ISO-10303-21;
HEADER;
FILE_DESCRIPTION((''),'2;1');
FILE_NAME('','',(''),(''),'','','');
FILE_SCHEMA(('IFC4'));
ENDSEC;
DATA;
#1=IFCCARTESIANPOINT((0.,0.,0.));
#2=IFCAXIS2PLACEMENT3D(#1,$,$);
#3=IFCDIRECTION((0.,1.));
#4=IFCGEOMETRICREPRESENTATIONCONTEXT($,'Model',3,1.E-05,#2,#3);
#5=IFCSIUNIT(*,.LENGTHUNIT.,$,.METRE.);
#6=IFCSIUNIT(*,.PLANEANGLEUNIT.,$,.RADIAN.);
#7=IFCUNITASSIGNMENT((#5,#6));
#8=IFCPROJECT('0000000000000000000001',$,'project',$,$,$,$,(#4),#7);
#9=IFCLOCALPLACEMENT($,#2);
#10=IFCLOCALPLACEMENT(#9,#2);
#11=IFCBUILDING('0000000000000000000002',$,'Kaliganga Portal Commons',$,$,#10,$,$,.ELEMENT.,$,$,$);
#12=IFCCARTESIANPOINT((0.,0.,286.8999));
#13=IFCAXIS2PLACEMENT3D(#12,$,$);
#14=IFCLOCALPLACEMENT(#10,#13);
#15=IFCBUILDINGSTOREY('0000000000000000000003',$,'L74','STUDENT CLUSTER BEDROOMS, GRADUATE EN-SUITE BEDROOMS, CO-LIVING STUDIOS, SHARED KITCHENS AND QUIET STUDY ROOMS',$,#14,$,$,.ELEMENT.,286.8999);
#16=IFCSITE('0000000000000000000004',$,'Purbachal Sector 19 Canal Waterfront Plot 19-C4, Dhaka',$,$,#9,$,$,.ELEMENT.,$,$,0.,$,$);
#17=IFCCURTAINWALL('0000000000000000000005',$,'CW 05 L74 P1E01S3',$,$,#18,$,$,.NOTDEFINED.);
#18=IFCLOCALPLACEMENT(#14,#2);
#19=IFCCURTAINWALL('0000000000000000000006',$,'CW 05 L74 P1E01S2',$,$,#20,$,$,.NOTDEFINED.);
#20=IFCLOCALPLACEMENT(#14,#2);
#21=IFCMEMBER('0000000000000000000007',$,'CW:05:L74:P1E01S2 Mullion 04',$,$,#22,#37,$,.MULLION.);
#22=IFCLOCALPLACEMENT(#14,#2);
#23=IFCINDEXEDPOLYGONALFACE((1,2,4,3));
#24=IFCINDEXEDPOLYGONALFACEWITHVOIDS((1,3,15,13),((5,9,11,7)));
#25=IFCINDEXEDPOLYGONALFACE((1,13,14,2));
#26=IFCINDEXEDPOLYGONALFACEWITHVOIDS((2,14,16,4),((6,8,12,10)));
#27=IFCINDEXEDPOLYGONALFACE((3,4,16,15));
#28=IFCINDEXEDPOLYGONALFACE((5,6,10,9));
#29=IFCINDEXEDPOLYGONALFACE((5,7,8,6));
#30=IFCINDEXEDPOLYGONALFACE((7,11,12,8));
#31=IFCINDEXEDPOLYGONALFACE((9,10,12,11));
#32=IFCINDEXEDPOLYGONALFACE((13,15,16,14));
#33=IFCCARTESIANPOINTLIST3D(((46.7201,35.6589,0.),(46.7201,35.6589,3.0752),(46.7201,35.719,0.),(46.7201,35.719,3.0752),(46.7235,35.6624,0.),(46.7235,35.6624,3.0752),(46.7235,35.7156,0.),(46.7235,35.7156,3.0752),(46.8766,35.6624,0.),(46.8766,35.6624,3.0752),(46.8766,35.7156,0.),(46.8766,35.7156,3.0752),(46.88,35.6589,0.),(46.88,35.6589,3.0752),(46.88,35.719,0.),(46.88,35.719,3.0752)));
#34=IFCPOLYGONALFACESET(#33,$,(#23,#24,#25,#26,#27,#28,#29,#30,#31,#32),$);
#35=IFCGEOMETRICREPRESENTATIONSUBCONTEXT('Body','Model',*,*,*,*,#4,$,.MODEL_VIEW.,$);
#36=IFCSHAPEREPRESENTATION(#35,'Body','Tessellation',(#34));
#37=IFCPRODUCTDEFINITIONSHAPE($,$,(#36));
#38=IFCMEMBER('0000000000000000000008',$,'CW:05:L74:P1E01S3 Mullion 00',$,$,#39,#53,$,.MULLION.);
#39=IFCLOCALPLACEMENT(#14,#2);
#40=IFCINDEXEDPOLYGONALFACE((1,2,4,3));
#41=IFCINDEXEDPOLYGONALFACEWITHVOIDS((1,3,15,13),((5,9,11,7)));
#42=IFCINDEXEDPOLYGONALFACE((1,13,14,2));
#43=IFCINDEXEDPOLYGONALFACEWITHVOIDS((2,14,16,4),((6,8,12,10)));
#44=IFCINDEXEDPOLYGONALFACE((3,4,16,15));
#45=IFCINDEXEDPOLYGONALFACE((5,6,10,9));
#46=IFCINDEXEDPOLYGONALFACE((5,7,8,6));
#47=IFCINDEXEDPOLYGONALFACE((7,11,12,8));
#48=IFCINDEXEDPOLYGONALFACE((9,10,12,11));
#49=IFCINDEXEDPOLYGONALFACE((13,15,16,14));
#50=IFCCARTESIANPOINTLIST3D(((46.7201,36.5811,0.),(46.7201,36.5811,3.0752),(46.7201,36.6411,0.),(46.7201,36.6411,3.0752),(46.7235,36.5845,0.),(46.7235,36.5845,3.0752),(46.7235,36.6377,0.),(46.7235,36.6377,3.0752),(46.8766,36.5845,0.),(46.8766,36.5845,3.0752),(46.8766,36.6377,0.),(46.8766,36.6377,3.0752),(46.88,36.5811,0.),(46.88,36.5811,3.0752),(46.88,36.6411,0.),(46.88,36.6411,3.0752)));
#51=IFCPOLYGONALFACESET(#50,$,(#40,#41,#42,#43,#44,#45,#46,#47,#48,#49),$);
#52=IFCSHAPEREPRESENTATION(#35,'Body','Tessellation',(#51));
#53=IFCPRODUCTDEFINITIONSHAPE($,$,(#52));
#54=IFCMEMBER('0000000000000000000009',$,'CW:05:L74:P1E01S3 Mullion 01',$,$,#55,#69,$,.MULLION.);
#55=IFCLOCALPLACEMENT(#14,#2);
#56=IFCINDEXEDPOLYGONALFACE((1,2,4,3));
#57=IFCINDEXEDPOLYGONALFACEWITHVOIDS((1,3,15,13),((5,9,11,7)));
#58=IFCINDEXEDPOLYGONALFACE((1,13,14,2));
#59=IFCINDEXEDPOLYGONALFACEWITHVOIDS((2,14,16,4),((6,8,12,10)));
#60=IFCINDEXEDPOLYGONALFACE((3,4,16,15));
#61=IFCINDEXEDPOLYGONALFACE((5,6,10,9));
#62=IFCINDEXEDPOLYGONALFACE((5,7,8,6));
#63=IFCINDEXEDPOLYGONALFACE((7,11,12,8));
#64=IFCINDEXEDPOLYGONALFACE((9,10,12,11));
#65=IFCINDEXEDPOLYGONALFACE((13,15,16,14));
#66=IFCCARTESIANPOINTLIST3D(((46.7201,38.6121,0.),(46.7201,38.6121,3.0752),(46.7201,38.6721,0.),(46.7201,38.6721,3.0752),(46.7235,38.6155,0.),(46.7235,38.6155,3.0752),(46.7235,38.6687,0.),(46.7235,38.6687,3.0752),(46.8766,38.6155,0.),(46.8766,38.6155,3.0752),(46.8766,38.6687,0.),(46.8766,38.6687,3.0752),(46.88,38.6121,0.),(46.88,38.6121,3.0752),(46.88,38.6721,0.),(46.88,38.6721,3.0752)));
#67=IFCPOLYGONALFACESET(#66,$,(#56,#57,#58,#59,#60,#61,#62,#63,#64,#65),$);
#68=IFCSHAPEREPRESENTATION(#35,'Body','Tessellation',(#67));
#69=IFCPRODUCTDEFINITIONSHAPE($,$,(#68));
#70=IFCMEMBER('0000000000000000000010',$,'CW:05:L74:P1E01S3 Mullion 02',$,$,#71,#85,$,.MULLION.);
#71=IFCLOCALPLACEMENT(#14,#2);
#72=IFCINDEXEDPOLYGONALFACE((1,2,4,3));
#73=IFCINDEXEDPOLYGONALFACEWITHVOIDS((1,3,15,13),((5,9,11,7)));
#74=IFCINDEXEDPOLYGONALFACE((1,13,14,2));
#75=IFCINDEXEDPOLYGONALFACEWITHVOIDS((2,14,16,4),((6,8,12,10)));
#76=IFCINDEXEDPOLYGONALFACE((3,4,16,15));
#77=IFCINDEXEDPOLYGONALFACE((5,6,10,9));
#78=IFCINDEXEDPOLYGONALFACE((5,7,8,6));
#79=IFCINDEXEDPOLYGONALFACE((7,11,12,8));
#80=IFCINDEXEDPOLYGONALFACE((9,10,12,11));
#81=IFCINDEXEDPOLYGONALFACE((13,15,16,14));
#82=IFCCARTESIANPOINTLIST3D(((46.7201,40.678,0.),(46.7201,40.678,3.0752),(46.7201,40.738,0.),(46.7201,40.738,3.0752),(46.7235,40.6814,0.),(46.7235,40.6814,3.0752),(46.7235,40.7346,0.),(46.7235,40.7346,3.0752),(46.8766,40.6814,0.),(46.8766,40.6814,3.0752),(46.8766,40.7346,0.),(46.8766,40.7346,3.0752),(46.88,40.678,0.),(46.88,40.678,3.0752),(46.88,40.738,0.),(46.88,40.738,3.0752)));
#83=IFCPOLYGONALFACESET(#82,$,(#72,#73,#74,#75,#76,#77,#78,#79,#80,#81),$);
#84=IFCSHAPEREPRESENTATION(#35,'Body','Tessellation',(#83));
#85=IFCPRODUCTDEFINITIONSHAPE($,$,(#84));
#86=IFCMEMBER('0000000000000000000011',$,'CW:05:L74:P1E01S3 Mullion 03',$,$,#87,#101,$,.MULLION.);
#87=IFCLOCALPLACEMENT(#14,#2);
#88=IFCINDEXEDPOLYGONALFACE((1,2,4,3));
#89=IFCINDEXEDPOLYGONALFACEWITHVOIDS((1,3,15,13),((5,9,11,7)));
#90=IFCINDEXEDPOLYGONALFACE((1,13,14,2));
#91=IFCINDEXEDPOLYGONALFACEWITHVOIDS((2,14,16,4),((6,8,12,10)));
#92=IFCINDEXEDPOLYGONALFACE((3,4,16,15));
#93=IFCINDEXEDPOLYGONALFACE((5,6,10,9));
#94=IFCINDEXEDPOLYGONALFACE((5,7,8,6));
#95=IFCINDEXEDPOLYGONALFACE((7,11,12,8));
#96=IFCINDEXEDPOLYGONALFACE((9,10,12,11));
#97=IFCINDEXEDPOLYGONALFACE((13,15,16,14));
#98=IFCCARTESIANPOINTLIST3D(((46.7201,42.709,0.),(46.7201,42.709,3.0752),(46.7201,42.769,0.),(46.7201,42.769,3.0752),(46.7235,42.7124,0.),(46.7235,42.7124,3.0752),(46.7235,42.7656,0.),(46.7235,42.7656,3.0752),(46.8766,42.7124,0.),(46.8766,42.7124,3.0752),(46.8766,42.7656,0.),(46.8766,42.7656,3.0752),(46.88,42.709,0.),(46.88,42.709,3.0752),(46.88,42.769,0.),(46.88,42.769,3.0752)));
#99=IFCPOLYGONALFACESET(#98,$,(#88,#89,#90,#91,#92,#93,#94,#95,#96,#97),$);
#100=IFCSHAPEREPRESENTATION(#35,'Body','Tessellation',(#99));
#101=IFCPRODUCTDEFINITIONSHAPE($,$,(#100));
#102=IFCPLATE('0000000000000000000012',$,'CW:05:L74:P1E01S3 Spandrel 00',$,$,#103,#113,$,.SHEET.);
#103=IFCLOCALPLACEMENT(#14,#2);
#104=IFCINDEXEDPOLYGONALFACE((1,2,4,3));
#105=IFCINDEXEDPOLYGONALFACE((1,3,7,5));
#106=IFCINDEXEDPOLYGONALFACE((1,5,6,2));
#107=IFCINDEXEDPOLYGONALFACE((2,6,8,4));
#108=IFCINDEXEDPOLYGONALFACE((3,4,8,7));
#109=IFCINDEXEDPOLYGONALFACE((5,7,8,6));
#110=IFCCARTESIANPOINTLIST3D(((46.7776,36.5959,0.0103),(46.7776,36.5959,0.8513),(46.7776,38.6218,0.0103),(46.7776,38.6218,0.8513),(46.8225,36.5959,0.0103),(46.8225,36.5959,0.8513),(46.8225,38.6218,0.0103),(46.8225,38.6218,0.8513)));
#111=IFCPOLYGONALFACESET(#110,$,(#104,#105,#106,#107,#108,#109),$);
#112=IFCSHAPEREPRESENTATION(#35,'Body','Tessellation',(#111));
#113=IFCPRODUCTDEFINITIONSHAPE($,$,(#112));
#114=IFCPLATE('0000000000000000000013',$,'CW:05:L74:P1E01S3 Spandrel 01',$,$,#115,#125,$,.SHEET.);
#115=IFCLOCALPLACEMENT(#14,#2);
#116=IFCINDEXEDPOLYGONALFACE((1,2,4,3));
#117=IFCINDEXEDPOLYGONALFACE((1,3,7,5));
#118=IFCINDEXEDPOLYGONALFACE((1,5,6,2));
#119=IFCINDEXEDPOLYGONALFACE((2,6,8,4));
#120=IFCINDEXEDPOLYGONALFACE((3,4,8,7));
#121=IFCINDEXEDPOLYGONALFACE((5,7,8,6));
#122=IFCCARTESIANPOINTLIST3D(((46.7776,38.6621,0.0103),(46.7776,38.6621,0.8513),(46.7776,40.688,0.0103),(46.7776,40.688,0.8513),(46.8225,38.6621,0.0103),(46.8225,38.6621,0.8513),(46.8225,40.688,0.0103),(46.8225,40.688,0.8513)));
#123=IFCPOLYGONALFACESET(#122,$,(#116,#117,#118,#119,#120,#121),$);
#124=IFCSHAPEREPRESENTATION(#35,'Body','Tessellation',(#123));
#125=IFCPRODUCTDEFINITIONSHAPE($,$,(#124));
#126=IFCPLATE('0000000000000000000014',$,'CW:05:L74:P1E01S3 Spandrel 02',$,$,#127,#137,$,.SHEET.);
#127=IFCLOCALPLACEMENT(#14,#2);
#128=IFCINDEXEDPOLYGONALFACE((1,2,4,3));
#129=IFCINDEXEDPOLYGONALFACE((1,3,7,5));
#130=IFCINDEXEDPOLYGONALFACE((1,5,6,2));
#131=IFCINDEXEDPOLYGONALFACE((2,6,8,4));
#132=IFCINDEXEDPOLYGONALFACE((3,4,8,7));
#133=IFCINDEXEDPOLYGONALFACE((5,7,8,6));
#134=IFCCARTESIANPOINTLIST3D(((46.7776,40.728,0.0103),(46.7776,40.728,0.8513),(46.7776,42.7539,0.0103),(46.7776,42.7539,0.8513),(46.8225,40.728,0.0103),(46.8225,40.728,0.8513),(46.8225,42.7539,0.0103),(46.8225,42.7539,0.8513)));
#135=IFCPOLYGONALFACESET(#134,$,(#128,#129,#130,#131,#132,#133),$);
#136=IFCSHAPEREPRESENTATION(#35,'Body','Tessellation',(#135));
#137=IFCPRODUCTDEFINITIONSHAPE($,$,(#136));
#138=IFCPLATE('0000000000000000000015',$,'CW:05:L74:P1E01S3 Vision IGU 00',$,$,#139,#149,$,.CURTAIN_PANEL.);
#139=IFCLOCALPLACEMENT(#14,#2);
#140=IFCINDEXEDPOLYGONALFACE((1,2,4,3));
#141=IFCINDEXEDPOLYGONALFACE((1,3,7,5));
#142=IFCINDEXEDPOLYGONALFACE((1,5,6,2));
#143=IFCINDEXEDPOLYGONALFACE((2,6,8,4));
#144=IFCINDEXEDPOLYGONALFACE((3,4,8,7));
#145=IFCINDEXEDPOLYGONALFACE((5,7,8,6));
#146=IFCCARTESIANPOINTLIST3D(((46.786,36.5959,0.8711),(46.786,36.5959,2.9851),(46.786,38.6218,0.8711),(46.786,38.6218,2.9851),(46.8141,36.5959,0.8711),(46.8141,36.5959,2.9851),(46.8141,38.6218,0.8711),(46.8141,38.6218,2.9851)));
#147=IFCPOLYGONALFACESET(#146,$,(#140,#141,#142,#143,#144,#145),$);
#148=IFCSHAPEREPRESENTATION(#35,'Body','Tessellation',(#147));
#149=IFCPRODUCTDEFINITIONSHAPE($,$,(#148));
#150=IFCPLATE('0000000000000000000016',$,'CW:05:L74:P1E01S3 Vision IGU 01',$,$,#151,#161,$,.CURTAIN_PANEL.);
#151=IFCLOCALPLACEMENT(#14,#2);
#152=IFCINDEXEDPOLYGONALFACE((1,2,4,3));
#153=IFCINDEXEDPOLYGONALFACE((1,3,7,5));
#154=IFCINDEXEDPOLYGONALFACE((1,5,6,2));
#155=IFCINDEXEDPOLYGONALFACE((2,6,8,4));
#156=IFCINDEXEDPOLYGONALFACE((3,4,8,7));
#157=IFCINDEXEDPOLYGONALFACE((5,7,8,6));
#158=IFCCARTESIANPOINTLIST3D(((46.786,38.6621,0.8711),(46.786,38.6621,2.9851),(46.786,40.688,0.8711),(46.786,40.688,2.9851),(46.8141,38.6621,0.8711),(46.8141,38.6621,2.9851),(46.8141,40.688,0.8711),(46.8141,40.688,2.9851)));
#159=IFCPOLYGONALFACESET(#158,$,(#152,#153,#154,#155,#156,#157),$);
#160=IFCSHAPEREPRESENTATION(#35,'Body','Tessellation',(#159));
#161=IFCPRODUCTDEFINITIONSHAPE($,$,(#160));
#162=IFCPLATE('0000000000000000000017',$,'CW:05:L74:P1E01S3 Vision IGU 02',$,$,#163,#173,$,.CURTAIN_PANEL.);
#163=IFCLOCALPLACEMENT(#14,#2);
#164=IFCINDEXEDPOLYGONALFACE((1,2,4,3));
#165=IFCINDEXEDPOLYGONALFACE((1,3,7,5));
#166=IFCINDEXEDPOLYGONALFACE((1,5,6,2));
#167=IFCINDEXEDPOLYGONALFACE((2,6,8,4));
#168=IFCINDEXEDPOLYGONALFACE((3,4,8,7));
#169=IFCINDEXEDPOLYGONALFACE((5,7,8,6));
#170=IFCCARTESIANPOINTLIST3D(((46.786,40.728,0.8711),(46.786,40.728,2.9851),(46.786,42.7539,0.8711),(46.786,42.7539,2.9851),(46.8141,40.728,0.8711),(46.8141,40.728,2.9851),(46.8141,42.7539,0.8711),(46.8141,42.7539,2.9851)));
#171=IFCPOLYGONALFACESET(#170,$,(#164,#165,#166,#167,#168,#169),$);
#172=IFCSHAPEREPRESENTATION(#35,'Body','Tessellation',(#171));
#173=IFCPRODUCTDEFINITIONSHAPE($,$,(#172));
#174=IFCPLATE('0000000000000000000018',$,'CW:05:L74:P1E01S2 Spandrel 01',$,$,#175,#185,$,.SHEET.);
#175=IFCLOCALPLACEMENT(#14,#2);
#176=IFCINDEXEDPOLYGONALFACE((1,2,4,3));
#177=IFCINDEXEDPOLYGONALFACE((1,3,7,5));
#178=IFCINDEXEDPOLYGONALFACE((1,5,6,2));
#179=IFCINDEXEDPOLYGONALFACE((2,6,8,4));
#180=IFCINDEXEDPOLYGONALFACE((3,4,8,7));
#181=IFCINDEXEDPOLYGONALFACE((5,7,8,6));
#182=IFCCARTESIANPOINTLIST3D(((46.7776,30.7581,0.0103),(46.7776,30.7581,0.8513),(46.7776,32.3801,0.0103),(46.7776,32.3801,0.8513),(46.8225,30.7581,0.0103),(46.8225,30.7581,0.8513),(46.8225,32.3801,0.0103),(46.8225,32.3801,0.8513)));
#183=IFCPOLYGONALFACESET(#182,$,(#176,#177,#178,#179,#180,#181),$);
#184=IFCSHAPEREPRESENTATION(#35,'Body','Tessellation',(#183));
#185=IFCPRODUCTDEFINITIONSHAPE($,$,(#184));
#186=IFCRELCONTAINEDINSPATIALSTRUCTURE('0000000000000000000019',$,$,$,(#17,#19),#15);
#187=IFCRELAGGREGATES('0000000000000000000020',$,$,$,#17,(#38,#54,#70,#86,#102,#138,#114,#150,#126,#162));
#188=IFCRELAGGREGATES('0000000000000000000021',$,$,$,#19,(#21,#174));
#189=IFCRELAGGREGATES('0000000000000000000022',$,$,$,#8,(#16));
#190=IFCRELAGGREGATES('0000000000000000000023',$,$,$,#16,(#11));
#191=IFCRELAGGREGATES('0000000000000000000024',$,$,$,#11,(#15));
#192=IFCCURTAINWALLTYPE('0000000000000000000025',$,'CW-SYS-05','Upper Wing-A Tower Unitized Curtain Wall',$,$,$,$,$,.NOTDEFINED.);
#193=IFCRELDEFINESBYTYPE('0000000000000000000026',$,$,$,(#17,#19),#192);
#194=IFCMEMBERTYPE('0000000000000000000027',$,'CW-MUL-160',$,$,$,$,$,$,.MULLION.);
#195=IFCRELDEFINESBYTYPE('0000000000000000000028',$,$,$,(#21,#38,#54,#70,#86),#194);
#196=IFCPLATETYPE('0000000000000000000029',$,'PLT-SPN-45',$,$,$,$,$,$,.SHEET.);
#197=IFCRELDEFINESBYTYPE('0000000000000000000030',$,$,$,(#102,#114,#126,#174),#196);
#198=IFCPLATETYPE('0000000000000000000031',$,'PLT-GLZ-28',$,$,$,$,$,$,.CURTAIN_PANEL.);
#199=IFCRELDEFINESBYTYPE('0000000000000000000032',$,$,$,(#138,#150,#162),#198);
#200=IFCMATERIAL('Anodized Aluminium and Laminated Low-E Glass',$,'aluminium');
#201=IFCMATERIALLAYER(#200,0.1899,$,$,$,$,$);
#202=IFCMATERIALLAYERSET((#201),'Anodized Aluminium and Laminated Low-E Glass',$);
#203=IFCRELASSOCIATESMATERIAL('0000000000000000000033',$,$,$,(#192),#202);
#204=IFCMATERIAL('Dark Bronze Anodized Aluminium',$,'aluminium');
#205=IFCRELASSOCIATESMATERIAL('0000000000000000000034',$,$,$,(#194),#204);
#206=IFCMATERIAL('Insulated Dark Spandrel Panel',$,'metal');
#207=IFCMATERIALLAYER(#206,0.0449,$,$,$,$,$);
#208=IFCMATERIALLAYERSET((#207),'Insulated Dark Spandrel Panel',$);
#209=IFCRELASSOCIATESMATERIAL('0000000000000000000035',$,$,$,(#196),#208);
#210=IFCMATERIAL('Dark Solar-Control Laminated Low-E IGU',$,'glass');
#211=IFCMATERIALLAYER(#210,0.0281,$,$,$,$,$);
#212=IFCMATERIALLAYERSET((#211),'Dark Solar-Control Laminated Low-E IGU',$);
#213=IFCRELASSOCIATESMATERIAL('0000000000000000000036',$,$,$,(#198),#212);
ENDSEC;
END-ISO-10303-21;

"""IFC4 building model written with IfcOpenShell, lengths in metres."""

from ifc_helpers import new_model, si_unit, direction, frame, origin, origin_2d, place, context, subcontext, project, spatial, rectangle, hollow_rectangle, extrude, source, transform, mapped, material, layer, layer_set, material_profile, profile_set, type_object, element, aggregate, save


model = new_model("IFC4")

# Units and contexts
model_context = context("Model", 3, precision=1e-05, world=origin(), true_north=direction((0.0, 1.0)))
body_context = subcontext(model_context, "Body", "Model", "MODEL_VIEW")
ifc_project = project(units=[si_unit("LENGTHUNIT", "METRE"), si_unit("PLANEANGLEUNIT", "RADIAN")], contexts=[model_context])

# Site, building, storey
site_placement = place(None, origin())
site = spatial("IfcSite", under=ifc_project, at=site_placement, Name="Purbachal Sector 19 Canal Waterfront Plot 19-C4, Dhaka", CompositionType="ELEMENT", RefElevation=0.0)
building_placement = place(site_placement, origin())
building = spatial("IfcBuilding", under=site, at=building_placement, Name="Kaliganga Portal Commons", CompositionType="ELEMENT")
storey_placement = place(building_placement, frame((0.0, 0.0, 286.8999)))
storey = spatial("IfcBuildingStorey", under=building, at=storey_placement, Name="L74", Description="STUDENT CLUSTER BEDROOMS, GRADUATE EN-SUITE BEDROOMS, CO-LIVING STUDIOS, SHARED KITCHENS AND QUIET STUDY ROOMS", CompositionType="ELEMENT", Elevation=286.8999)

# Curtain walls, member
ifc_material_1 = material(Name="Anodized Aluminium and Laminated Low-E Glass", Category="aluminium")
ifc_layer_1 = layer(ifc_material_1, 0.1899)
ifc_layer_set_1 = layer_set([ifc_layer_1], Name="Anodized Aluminium and Laminated Low-E Glass")
curtain_wall_type = type_object("IfcCurtainWallType", Name="CW-SYS-05", Description="Upper Wing-A Tower Unitized Curtain Wall", PredefinedType="NOTDEFINED", material=ifc_layer_set_1)
curtain_wall_1_placement = place(storey_placement, origin())
curtain_wall_1 = element("IfcCurtainWall", 1, at=curtain_wall_1_placement, inside=storey, type_object=curtain_wall_type, Name="CW 05 L74 P1E01S3", PredefinedType="NOTDEFINED")
ifc_material_2 = material(Name="Dark Bronze Anodized Aluminium", Category="aluminium")
curtain_wall_2_placement = place(storey_placement, origin())
curtain_wall_2 = element("IfcCurtainWall", 2, at=curtain_wall_2_placement, inside=storey, type_object=curtain_wall_type, Name="CW 05 L74 P1E01S2", PredefinedType="NOTDEFINED")
ifc_material_profile_1 = material_profile(ifc_material_2, hollow_rectangle(XDim=0.0601, YDim=0.1599, WallThickness=0.0034, at=origin_2d()), Name="ALU MULL 60x160x3.5")
ifc_profile_set_1 = profile_set([ifc_material_profile_1], Name="Dark Bronze Anodized Aluminium")
member_type_1 = type_object("IfcMemberType", Name="CW-MUL-160", PredefinedType="MULLION", material=ifc_profile_set_1)
shared_shape_1 = source(origin(), body_context, "Body", "SweptSolid", [
    extrude(hollow_rectangle(XDim=0.0601, YDim=0.1599, WallThickness=0.0034, at=origin_2d()), origin(), (0.0, 0.0, 1.0), 3.0752),
])
member_1_placement = place(storey_placement, frame((46.8, 35.689, 0.0), z_axis=(0.0, 0.0, 1.0), x_axis=(0.0, 1.0, 0.0)))
member_1 = element("IfcMember", 3, at=member_1_placement, type_object=member_type_1, Name="CW:05:L74:P1E01S2 Mullion 04", PredefinedType="MULLION", context=body_context, shape_type="MappedRepresentation", body=[
    mapped(shared_shape_1, transform((0.0, 0.0, 0.0), x_axis=(1.0, 0.0, 0.0), y_axis=(0.0, 1.0, 0.0), z_axis=(0.0, 0.0, 1.0), scale=1.0)),
])

# Members
member_2_placement = place(storey_placement, frame((46.8, 36.6111, 0.0), z_axis=(0.0, 0.0, 1.0), x_axis=(0.0, 1.0, 0.0)))
member_2 = element("IfcMember", 4, at=member_2_placement, type_object=member_type_1, Name="CW:05:L74:P1E01S3 Mullion 00", PredefinedType="MULLION", context=body_context, shape_type="MappedRepresentation", body=[
    mapped(shared_shape_1, transform((0.0, 0.0, 0.0), x_axis=(1.0, 0.0, 0.0), y_axis=(0.0, 1.0, 0.0), z_axis=(0.0, 0.0, 1.0), scale=1.0)),
])
member_3_placement = place(storey_placement, frame((46.8, 38.6421, 0.0), z_axis=(0.0, 0.0, 1.0), x_axis=(0.0, 1.0, 0.0)))
member_3 = element("IfcMember", 5, at=member_3_placement, type_object=member_type_1, Name="CW:05:L74:P1E01S3 Mullion 01", PredefinedType="MULLION", context=body_context, shape_type="MappedRepresentation", body=[
    mapped(shared_shape_1, transform((0.0, 0.0, 0.0), x_axis=(1.0, 0.0, 0.0), y_axis=(0.0, 1.0, 0.0), z_axis=(0.0, 0.0, 1.0), scale=1.0)),
])
member_4_placement = place(storey_placement, frame((46.8, 40.708, 0.0), z_axis=(0.0, 0.0, 1.0), x_axis=(0.0, 1.0, 0.0)))
member_4 = element("IfcMember", 6, at=member_4_placement, type_object=member_type_1, Name="CW:05:L74:P1E01S3 Mullion 02", PredefinedType="MULLION", context=body_context, shape_type="MappedRepresentation", body=[
    mapped(shared_shape_1, transform((0.0, 0.0, 0.0), x_axis=(1.0, 0.0, 0.0), y_axis=(0.0, 1.0, 0.0), z_axis=(0.0, 0.0, 1.0), scale=1.0)),
])
member_5_placement = place(storey_placement, frame((46.8, 42.739, 0.0), z_axis=(0.0, 0.0, 1.0), x_axis=(0.0, 1.0, 0.0)))
member_5 = element("IfcMember", 7, at=member_5_placement, type_object=member_type_1, Name="CW:05:L74:P1E01S3 Mullion 03", PredefinedType="MULLION", context=body_context, shape_type="MappedRepresentation", body=[
    mapped(shared_shape_1, transform((0.0, 0.0, 0.0), x_axis=(1.0, 0.0, 0.0), y_axis=(0.0, 1.0, 0.0), z_axis=(0.0, 0.0, 1.0), scale=1.0)),
])

# Plates
ifc_material_3 = material(Name="Insulated Dark Spandrel Panel", Category="metal")
ifc_layer_2 = layer(ifc_material_3, 0.0449)
ifc_layer_set_2 = layer_set([ifc_layer_2], Name="Insulated Dark Spandrel Panel")
plate_type_1 = type_object("IfcPlateType", Name="PLT-SPN-45", PredefinedType="SHEET", material=ifc_layer_set_2)
shared_shape_2 = source(origin(), body_context, "Body", "SweptSolid", [
    extrude(rectangle(XDim=2.0259, YDim=0.0449, at=origin_2d()), origin(), (0.0, 0.0, 1.0), 0.8411),
])
plate_1_placement = place(storey_placement, frame((46.8, 37.6089, 0.0103), z_axis=(0.0, 0.0, 1.0), x_axis=(0.0, 1.0, 0.0)))
plate_1 = element("IfcPlate", 8, at=plate_1_placement, type_object=plate_type_1, Name="CW:05:L74:P1E01S3 Spandrel 00", PredefinedType="SHEET", context=body_context, shape_type="MappedRepresentation", body=[
    mapped(shared_shape_2, transform((0.0, 0.0, 0.0), x_axis=(1.0, 0.0, 0.0), y_axis=(0.0, 1.0, 0.0), z_axis=(0.0, 0.0, 1.0), scale=1.0)),
])
plate_2_placement = place(storey_placement, frame((46.8, 39.675, 0.0103), z_axis=(0.0, 0.0, 1.0), x_axis=(0.0, 1.0, 0.0)))
plate_2 = element("IfcPlate", 9, at=plate_2_placement, type_object=plate_type_1, Name="CW:05:L74:P1E01S3 Spandrel 01", PredefinedType="SHEET", context=body_context, shape_type="MappedRepresentation", body=[
    mapped(shared_shape_2, transform((0.0, 0.0, 0.0), x_axis=(1.0, 0.0, 0.0), y_axis=(0.0, 1.0, 0.0), z_axis=(0.0, 0.0, 1.0), scale=1.0)),
])
plate_3_placement = place(storey_placement, frame((46.8, 41.741, 0.0103), z_axis=(0.0, 0.0, 1.0), x_axis=(0.0, 1.0, 0.0)))
plate_3 = element("IfcPlate", 10, at=plate_3_placement, type_object=plate_type_1, Name="CW:05:L74:P1E01S3 Spandrel 02", PredefinedType="SHEET", context=body_context, shape_type="MappedRepresentation", body=[
    mapped(shared_shape_2, transform((0.0, 0.0, 0.0), x_axis=(1.0, 0.0, 0.0), y_axis=(0.0, 1.0, 0.0), z_axis=(0.0, 0.0, 1.0), scale=1.0)),
])
ifc_material_4 = material(Name="Dark Solar-Control Laminated Low-E IGU", Category="glass")
ifc_layer_3 = layer(ifc_material_4, 0.0281)
ifc_layer_set_3 = layer_set([ifc_layer_3], Name="Dark Solar-Control Laminated Low-E IGU")
plate_type_2 = type_object("IfcPlateType", Name="PLT-GLZ-28", PredefinedType="CURTAIN_PANEL", material=ifc_layer_set_3)
shared_shape_3 = source(origin(), body_context, "Body", "SweptSolid", [
    extrude(rectangle(XDim=2.0259, YDim=0.0281, at=origin_2d()), origin(), (0.0, 0.0, 1.0), 2.114),
])
plate_4_placement = place(storey_placement, frame((46.8, 37.6089, 0.8711), z_axis=(0.0, 0.0, 1.0), x_axis=(0.0, 1.0, 0.0)))
plate_4 = element("IfcPlate", 11, at=plate_4_placement, type_object=plate_type_2, Name="CW:05:L74:P1E01S3 Vision IGU 00", PredefinedType="CURTAIN_PANEL", context=body_context, shape_type="MappedRepresentation", body=[
    mapped(shared_shape_3, transform((0.0, 0.0, 0.0), x_axis=(1.0, 0.0, 0.0), y_axis=(0.0, 1.0, 0.0), z_axis=(0.0, 0.0, 1.0), scale=1.0)),
])
plate_5_placement = place(storey_placement, frame((46.8, 39.675, 0.8711), z_axis=(0.0, 0.0, 1.0), x_axis=(0.0, 1.0, 0.0)))
plate_5 = element("IfcPlate", 12, at=plate_5_placement, type_object=plate_type_2, Name="CW:05:L74:P1E01S3 Vision IGU 01", PredefinedType="CURTAIN_PANEL", context=body_context, shape_type="MappedRepresentation", body=[
    mapped(shared_shape_3, transform((0.0, 0.0, 0.0), x_axis=(1.0, 0.0, 0.0), y_axis=(0.0, 1.0, 0.0), z_axis=(0.0, 0.0, 1.0), scale=1.0)),
])
plate_6_placement = place(storey_placement, frame((46.8, 41.741, 0.8711), z_axis=(0.0, 0.0, 1.0), x_axis=(0.0, 1.0, 0.0)))
plate_6 = element("IfcPlate", 13, at=plate_6_placement, type_object=plate_type_2, Name="CW:05:L74:P1E01S3 Vision IGU 02", PredefinedType="CURTAIN_PANEL", context=body_context, shape_type="MappedRepresentation", body=[
    mapped(shared_shape_3, transform((0.0, 0.0, 0.0), x_axis=(1.0, 0.0, 0.0), y_axis=(0.0, 1.0, 0.0), z_axis=(0.0, 0.0, 1.0), scale=1.0)),
])
aggregate(curtain_wall_1, [member_2, member_3, member_4, member_5, plate_1, plate_4, plate_2, plate_5, plate_3, plate_6])
shared_shape_4 = source(origin(), body_context, "Body", "SweptSolid", [
    extrude(rectangle(XDim=1.6221, YDim=0.0449, at=origin_2d()), origin(), (0.0, 0.0, 1.0), 0.8411),
])
plate_7_placement = place(storey_placement, frame((46.8, 31.5691, 0.0103), z_axis=(0.0, 0.0, 1.0), x_axis=(0.0, 1.0, 0.0)))
plate_7 = element("IfcPlate", 14, at=plate_7_placement, type_object=plate_type_1, Name="CW:05:L74:P1E01S2 Spandrel 01", PredefinedType="SHEET", context=body_context, shape_type="MappedRepresentation", body=[
    mapped(shared_shape_4, transform((0.0, 0.0, 0.0), x_axis=(1.0, 0.0, 0.0), y_axis=(0.0, 1.0, 0.0), z_axis=(0.0, 0.0, 1.0), scale=1.0)),
])
aggregate(curtain_wall_2, [member_1, plate_7])

save(model, "model.ifc")
